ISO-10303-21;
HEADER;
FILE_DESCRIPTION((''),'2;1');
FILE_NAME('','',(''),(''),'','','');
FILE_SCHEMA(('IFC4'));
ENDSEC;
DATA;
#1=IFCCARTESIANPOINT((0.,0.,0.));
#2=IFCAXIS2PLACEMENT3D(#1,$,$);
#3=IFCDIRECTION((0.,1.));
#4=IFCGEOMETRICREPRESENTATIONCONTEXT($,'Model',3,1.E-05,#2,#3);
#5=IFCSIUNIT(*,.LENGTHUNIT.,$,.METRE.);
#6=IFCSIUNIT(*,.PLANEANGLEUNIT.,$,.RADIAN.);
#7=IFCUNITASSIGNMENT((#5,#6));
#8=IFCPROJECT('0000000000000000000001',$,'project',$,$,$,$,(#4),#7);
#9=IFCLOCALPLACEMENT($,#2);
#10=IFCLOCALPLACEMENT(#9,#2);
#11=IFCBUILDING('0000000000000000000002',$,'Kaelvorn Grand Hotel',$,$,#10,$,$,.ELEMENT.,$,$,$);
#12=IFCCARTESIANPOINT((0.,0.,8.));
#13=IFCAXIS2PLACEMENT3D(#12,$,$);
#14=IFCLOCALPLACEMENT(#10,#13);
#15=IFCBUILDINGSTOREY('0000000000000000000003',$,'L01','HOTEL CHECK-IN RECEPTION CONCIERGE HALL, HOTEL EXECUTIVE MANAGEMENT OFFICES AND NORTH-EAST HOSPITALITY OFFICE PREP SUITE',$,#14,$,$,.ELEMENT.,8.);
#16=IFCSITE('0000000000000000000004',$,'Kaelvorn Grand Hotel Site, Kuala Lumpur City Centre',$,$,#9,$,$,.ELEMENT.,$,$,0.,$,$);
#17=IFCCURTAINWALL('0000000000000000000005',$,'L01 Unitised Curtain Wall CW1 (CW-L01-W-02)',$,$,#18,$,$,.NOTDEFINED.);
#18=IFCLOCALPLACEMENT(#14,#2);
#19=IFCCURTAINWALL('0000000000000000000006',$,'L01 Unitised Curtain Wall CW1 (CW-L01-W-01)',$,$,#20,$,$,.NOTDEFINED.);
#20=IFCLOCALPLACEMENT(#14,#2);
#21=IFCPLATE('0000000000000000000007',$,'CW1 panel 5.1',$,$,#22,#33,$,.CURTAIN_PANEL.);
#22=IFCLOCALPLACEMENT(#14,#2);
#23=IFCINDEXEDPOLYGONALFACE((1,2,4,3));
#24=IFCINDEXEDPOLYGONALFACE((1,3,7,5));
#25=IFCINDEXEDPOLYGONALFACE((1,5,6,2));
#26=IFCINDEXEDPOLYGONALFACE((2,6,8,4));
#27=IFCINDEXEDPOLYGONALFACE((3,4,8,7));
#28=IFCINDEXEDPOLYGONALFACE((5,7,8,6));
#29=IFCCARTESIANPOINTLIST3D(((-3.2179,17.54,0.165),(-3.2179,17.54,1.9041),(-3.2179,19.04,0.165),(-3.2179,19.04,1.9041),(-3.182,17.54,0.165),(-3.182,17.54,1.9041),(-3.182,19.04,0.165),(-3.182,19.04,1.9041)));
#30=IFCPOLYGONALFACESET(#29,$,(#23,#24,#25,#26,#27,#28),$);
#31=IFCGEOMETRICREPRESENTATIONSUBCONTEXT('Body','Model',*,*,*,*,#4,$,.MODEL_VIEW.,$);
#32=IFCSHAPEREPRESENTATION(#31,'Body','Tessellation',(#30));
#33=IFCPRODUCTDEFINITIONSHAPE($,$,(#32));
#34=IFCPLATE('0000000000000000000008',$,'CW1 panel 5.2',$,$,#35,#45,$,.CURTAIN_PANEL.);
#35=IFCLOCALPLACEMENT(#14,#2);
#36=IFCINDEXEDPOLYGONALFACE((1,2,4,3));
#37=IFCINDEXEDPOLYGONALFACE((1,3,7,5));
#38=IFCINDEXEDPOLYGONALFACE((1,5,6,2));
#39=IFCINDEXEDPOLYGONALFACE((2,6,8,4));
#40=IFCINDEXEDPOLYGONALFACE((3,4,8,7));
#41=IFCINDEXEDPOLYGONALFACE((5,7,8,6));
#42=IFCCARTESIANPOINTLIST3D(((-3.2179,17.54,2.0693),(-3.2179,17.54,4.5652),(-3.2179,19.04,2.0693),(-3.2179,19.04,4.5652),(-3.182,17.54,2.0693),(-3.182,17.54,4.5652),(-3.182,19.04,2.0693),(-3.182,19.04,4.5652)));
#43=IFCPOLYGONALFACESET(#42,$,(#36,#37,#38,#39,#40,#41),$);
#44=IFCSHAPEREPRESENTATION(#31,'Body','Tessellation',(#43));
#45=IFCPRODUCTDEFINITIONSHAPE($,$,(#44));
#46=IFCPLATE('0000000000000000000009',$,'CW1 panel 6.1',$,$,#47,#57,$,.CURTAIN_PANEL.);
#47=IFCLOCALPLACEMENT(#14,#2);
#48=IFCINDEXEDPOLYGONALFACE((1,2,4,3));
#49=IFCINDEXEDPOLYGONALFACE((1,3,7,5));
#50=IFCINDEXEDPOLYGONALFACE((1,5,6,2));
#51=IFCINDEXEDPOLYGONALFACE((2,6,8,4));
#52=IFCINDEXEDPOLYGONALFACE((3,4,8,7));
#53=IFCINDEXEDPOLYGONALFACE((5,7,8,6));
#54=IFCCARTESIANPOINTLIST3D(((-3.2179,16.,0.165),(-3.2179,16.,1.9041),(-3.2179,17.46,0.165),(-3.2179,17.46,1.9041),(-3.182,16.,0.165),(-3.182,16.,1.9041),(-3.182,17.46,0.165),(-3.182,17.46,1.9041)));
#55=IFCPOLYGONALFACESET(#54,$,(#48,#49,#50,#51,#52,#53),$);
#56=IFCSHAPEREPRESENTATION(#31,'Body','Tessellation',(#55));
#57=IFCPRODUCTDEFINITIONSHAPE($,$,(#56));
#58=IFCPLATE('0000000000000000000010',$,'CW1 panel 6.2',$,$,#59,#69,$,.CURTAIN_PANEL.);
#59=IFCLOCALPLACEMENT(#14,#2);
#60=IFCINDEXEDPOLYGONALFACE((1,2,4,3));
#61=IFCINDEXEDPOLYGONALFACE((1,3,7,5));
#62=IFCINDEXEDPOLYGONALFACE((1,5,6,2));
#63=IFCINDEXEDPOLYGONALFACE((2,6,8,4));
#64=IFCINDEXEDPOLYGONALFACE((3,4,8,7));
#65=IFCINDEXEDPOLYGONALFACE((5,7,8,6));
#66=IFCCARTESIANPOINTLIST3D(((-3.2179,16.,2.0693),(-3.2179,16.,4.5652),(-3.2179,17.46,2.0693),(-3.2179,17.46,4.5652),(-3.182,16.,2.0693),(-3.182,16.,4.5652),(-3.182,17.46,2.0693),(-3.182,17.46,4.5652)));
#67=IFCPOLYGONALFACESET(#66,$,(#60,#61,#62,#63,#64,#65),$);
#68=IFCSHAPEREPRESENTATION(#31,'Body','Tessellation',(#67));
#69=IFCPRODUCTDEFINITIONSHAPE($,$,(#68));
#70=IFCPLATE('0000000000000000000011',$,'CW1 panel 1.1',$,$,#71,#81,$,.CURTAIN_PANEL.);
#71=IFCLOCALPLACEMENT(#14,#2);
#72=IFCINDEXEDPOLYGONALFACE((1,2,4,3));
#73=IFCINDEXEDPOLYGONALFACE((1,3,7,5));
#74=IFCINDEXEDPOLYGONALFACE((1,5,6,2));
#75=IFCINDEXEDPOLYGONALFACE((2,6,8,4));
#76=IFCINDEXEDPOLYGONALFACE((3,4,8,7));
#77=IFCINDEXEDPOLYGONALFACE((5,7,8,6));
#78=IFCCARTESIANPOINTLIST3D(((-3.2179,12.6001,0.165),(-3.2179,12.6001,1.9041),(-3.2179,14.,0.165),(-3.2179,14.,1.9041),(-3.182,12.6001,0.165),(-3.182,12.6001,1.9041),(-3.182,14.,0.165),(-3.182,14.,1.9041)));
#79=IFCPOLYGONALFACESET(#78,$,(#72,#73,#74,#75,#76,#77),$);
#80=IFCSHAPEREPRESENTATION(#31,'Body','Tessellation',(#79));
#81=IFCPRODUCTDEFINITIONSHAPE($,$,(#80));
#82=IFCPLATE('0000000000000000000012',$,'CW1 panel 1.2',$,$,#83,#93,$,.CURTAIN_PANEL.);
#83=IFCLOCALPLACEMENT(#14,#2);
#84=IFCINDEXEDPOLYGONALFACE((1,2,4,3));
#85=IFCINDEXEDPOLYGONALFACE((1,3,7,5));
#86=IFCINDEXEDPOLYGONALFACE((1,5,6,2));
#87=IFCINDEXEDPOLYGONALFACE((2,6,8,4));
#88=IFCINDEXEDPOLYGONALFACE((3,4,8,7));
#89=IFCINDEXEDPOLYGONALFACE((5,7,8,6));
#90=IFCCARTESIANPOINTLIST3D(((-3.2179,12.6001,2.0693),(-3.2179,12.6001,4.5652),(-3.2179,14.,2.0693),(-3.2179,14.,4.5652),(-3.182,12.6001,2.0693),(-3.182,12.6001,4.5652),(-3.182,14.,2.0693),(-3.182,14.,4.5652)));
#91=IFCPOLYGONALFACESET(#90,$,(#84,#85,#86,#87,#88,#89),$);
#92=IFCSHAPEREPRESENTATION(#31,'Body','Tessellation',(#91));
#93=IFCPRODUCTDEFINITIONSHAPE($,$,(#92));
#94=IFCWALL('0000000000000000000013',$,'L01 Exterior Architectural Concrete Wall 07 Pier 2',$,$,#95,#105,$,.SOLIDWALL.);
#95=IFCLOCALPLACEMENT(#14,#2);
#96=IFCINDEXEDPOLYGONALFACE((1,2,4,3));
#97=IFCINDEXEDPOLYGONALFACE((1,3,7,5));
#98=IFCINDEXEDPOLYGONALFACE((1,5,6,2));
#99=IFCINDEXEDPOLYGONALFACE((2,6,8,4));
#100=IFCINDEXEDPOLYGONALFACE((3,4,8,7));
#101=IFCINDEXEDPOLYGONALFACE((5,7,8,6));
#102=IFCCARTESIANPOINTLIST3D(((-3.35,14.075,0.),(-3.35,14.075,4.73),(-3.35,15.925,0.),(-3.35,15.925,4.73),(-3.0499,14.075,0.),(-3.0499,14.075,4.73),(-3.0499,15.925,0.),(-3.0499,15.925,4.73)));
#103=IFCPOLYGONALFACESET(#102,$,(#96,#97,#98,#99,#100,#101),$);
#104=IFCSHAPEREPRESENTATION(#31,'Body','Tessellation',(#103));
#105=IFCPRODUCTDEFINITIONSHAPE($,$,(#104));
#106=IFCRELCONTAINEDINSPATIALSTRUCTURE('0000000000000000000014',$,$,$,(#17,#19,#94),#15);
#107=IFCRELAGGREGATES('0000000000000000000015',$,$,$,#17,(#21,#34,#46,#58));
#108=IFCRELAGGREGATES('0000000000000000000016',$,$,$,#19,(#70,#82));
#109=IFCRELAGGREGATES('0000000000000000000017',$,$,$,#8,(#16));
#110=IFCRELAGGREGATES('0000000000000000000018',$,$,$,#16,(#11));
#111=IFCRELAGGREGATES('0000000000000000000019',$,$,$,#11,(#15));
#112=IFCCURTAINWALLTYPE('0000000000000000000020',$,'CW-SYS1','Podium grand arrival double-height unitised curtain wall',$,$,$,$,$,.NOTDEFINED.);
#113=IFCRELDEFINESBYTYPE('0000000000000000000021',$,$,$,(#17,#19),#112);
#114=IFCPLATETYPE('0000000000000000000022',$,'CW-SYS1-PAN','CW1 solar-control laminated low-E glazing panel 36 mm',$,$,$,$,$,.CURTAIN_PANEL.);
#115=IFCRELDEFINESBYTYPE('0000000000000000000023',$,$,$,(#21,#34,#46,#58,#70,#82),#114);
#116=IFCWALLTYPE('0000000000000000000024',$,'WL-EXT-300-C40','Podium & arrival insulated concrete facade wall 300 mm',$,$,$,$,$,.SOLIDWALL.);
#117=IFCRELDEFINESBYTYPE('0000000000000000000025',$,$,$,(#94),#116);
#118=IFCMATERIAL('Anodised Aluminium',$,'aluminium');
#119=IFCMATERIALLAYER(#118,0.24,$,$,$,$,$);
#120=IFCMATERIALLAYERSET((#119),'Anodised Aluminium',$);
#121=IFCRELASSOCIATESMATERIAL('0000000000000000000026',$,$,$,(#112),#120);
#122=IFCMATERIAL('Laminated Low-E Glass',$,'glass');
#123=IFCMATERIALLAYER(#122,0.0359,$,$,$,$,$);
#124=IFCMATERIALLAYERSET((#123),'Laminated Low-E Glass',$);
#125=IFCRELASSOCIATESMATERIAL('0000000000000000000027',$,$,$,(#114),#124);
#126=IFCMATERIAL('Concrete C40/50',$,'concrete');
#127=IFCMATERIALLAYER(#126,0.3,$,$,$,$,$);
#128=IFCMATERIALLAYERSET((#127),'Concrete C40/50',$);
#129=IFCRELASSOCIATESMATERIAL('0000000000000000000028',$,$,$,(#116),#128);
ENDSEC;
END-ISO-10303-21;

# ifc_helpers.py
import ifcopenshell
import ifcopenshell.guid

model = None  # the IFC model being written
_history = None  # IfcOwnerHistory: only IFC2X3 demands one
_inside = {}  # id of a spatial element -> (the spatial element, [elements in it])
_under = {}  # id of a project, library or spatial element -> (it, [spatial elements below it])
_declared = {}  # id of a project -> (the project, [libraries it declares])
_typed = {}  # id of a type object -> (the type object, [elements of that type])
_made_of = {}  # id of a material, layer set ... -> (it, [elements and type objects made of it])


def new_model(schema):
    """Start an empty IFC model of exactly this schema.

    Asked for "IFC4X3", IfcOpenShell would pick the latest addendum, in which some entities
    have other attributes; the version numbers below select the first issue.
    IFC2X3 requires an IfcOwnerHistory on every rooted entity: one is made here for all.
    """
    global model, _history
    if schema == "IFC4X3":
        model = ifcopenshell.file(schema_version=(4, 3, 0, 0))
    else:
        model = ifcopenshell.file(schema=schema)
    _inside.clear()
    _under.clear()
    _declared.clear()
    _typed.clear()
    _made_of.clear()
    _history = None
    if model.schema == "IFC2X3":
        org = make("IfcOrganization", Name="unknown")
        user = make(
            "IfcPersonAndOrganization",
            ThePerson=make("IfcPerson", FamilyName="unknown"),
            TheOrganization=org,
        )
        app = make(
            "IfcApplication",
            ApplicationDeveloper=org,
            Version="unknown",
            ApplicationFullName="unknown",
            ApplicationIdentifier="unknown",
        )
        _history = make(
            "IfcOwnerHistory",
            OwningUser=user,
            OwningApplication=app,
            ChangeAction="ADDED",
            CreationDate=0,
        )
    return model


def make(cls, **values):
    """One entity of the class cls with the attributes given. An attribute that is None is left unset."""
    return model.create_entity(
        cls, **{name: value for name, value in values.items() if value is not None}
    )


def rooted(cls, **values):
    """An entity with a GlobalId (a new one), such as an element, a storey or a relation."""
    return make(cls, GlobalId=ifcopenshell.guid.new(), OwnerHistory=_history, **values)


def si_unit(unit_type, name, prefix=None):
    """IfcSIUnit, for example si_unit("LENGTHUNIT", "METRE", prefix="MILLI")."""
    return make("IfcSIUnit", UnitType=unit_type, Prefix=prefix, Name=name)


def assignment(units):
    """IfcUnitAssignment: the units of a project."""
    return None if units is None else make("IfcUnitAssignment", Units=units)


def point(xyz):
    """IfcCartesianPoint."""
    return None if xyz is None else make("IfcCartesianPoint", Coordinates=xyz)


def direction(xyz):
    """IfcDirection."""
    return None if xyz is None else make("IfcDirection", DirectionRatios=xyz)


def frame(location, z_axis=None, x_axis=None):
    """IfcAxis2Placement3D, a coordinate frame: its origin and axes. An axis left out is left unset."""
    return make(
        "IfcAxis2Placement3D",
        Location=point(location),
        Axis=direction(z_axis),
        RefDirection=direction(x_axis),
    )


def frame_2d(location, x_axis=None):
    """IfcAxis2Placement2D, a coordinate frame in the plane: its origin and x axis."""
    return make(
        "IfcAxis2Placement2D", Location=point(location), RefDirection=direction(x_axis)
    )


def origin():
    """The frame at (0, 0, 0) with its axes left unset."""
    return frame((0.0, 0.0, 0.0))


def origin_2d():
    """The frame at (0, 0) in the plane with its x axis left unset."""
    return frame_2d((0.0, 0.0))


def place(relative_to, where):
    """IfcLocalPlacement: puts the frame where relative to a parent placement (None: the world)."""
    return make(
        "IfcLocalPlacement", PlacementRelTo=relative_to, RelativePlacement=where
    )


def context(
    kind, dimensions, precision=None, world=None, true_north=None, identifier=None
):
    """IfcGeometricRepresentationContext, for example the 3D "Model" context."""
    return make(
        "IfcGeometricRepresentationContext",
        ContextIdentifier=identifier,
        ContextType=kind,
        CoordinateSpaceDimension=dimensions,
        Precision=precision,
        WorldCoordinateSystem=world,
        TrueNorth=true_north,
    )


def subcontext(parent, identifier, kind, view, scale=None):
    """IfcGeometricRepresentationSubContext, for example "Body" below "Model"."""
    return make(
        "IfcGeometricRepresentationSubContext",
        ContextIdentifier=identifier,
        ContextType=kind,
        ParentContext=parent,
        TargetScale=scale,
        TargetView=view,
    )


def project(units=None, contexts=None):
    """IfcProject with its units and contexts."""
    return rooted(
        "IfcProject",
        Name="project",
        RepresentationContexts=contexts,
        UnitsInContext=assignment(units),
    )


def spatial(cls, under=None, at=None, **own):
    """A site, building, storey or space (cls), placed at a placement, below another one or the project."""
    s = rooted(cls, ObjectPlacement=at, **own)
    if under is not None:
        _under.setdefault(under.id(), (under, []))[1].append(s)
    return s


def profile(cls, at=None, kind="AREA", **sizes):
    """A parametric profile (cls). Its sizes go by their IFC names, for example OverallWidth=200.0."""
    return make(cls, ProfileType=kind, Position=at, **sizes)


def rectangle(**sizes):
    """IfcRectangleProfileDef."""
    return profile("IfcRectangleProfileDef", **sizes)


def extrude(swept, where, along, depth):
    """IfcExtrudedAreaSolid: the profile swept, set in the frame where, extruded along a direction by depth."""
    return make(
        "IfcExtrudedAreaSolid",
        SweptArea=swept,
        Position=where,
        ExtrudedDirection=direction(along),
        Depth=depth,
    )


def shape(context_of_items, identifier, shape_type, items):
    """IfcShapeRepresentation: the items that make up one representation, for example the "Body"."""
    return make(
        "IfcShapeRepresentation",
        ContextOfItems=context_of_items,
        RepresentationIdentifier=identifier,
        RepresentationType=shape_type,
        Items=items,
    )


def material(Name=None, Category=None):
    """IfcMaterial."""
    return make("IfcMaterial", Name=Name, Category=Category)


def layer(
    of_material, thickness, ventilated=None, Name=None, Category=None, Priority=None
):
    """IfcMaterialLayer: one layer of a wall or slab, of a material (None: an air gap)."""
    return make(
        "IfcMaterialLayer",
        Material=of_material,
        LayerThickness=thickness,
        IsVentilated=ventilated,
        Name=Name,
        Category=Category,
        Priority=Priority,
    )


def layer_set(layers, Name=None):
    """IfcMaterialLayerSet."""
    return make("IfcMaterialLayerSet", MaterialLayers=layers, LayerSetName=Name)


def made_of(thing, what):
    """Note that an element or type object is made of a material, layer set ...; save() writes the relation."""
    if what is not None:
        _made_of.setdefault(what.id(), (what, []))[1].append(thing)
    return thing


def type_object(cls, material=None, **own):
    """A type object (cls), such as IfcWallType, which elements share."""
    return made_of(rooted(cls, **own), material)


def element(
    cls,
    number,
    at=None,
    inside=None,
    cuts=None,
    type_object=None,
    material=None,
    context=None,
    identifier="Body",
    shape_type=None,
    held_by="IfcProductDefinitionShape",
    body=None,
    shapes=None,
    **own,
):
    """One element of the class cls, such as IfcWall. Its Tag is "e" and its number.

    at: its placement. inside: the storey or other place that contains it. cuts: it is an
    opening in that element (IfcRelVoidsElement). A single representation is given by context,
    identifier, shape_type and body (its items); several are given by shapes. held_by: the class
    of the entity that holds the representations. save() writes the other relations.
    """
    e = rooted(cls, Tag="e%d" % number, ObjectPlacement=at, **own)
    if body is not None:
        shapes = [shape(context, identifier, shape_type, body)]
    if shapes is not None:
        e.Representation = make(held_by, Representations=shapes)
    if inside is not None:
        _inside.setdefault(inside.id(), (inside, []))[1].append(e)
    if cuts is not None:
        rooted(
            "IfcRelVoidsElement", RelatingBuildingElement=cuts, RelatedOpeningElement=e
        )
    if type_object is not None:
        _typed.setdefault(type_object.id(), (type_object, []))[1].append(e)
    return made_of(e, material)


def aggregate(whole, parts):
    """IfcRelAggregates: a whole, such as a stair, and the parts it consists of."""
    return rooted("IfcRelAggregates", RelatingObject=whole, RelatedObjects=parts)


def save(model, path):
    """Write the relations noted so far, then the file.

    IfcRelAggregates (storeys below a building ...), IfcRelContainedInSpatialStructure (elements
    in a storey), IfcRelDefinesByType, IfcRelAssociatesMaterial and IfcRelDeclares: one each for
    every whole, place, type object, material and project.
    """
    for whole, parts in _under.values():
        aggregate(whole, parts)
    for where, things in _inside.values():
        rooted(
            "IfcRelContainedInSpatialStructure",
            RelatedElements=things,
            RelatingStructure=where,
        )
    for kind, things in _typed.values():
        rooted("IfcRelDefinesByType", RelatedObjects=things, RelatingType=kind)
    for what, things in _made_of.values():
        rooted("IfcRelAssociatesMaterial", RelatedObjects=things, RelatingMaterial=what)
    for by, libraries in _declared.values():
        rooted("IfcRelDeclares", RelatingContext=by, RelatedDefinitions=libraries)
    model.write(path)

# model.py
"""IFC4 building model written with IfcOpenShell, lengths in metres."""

from ifc_helpers import new_model, si_unit, direction, frame, frame_2d, origin, origin_2d, place, context, subcontext, project, spatial, rectangle, extrude, material, layer, layer_set, type_object, element, aggregate, save


model = new_model("IFC4")

# Units and contexts
model_context = context("Model", 3, precision=1e-05, world=origin(), true_north=direction((0.0, 1.0)))
body_context = subcontext(model_context, "Body", "Model", "MODEL_VIEW")
ifc_project = project(units=[si_unit("LENGTHUNIT", "METRE"), si_unit("PLANEANGLEUNIT", "RADIAN")], contexts=[model_context])

# Site, building, storey
site_placement = place(None, origin())
site = spatial("IfcSite", under=ifc_project, at=site_placement, Name="Kaelvorn Grand Hotel Site, Kuala Lumpur City Centre", CompositionType="ELEMENT", RefElevation=0.0)
building_placement = place(site_placement, origin())
building = spatial("IfcBuilding", under=site, at=building_placement, Name="Kaelvorn Grand Hotel", CompositionType="ELEMENT")
storey_placement = place(building_placement, frame((0.0, 0.0, 8.0)))
storey = spatial("IfcBuildingStorey", under=building, at=storey_placement, Name="L01", Description="HOTEL CHECK-IN RECEPTION CONCIERGE HALL, HOTEL EXECUTIVE MANAGEMENT OFFICES AND NORTH-EAST HOSPITALITY OFFICE PREP SUITE", CompositionType="ELEMENT", Elevation=8.0)

# Curtain wall
ifc_material_1 = material(Name="Anodised Aluminium", Category="aluminium")
ifc_layer_1 = layer(ifc_material_1, 0.24)
ifc_layer_set_1 = layer_set([ifc_layer_1], Name="Anodised Aluminium")
curtain_wall_type = type_object("IfcCurtainWallType", Name="CW-SYS1", Description="Podium grand arrival double-height unitised curtain wall", PredefinedType="NOTDEFINED", material=ifc_layer_set_1)
curtain_wall_1_placement = place(storey_placement, origin())
curtain_wall_1 = element("IfcCurtainWall", 1, at=curtain_wall_1_placement, inside=storey, type_object=curtain_wall_type, Name="L01 Unitised Curtain Wall CW1 (CW-L01-W-02)", PredefinedType="NOTDEFINED")

# Curtain wall
curtain_wall_2_placement = place(storey_placement, origin())
curtain_wall_2 = element("IfcCurtainWall", 2, at=curtain_wall_2_placement, inside=storey, type_object=curtain_wall_type, Name="L01 Unitised Curtain Wall CW1 (CW-L01-W-01)", PredefinedType="NOTDEFINED")

# Plates
ifc_material_2 = material(Name="Laminated Low-E Glass", Category="glass")
ifc_layer_2 = layer(ifc_material_2, 0.0359)
ifc_layer_set_2 = layer_set([ifc_layer_2], Name="Laminated Low-E Glass")
plate_type = type_object("IfcPlateType", Name="CW-SYS1-PAN", Description="CW1 solar-control laminated low-E glazing panel 36 mm", PredefinedType="CURTAIN_PANEL", material=ifc_layer_set_2)
plate_1_placement = place(storey_placement, frame((-3.2, 18.29, 0.165), z_axis=(0.0, 0.0, 1.0), x_axis=(0.0, -1.0, 0.0)))
plate_1 = element("IfcPlate", 3, at=plate_1_placement, type_object=plate_type, Name="CW1 panel 5.1", PredefinedType="CURTAIN_PANEL", context=body_context, shape_type="SweptSolid", body=[
    extrude(rectangle(XDim=1.5, YDim=0.0359, at=origin_2d()), origin(), (0.0, 0.0, 1.0), 1.739),
])
plate_2_placement = place(storey_placement, frame((-3.2, 18.29, 2.0693), z_axis=(0.0, 0.0, 1.0), x_axis=(0.0, -1.0, 0.0)))
plate_2 = element("IfcPlate", 4, at=plate_2_placement, type_object=plate_type, Name="CW1 panel 5.2", PredefinedType="CURTAIN_PANEL", context=body_context, shape_type="SweptSolid", body=[
    extrude(rectangle(XDim=1.5, YDim=0.0359, at=origin_2d()), origin(), (0.0, 0.0, 1.0), 2.4958),
])
plate_3_placement = place(storey_placement, frame((-3.2, 16.73, 0.165), z_axis=(0.0, 0.0, 1.0), x_axis=(0.0, -1.0, 0.0)))
plate_3 = element("IfcPlate", 5, at=plate_3_placement, type_object=plate_type, Name="CW1 panel 6.1", PredefinedType="CURTAIN_PANEL", context=body_context, shape_type="SweptSolid", body=[
    extrude(rectangle(XDim=1.46, YDim=0.0359, at=origin_2d()), origin(), (0.0, 0.0, 1.0), 1.739),
])
plate_4_placement = place(storey_placement, frame((-3.2, 16.73, 2.0693), z_axis=(0.0, 0.0, 1.0), x_axis=(0.0, -1.0, 0.0)))
plate_4 = element("IfcPlate", 6, at=plate_4_placement, type_object=plate_type, Name="CW1 panel 6.2", PredefinedType="CURTAIN_PANEL", context=body_context, shape_type="SweptSolid", body=[
    extrude(rectangle(XDim=1.46, YDim=0.0359, at=origin_2d()), origin(), (0.0, 0.0, 1.0), 2.4958),
])
aggregate(curtain_wall_1, [plate_1, plate_2, plate_3, plate_4])
plate_5_placement = place(storey_placement, frame((-3.2, 13.3, 0.165), z_axis=(0.0, 0.0, 1.0), x_axis=(0.0, -1.0, 0.0)))
plate_5 = element("IfcPlate", 7, at=plate_5_placement, type_object=plate_type, Name="CW1 panel 1.1", PredefinedType="CURTAIN_PANEL", context=body_context, shape_type="SweptSolid", body=[
    extrude(rectangle(XDim=1.3999, YDim=0.0359, at=origin_2d()), origin(), (0.0, 0.0, 1.0), 1.739),
])
plate_6_placement = place(storey_placement, frame((-3.2, 13.3, 2.0693), z_axis=(0.0, 0.0, 1.0), x_axis=(0.0, -1.0, 0.0)))
plate_6 = element("IfcPlate", 8, at=plate_6_placement, type_object=plate_type, Name="CW1 panel 1.2", PredefinedType="CURTAIN_PANEL", context=body_context, shape_type="SweptSolid", body=[
    extrude(rectangle(XDim=1.3999, YDim=0.0359, at=origin_2d()), origin(), (0.0, 0.0, 1.0), 2.4958),
])
aggregate(curtain_wall_2, [plate_5, plate_6])

# Wall
ifc_material_3 = material(Name="Concrete C40/50", Category="concrete")
ifc_layer_3 = layer(ifc_material_3, 0.3)
ifc_layer_set_3 = layer_set([ifc_layer_3], Name="Concrete C40/50")
wall_type = type_object("IfcWallType", Name="WL-EXT-300-C40", Description="Podium & arrival insulated concrete facade wall 300 mm", PredefinedType="SOLIDWALL", material=ifc_layer_set_3)
wall_placement = place(storey_placement, frame((-3.2, 15.925, 0.0), z_axis=(0.0, 0.0, 1.0), x_axis=(0.0, -1.0, 0.0)))
element("IfcWall", 9, at=wall_placement, inside=storey, type_object=wall_type, Name="L01 Exterior Architectural Concrete Wall 07 Pier 2", PredefinedType="SOLIDWALL", context=body_context, shape_type="SweptSolid", body=[
    extrude(rectangle(XDim=1.8501, YDim=0.3, at=frame_2d((0.925, 0.0))), origin(), (0.0, 0.0, 1.0), 4.73),
])

save(model, "model.ifc")
